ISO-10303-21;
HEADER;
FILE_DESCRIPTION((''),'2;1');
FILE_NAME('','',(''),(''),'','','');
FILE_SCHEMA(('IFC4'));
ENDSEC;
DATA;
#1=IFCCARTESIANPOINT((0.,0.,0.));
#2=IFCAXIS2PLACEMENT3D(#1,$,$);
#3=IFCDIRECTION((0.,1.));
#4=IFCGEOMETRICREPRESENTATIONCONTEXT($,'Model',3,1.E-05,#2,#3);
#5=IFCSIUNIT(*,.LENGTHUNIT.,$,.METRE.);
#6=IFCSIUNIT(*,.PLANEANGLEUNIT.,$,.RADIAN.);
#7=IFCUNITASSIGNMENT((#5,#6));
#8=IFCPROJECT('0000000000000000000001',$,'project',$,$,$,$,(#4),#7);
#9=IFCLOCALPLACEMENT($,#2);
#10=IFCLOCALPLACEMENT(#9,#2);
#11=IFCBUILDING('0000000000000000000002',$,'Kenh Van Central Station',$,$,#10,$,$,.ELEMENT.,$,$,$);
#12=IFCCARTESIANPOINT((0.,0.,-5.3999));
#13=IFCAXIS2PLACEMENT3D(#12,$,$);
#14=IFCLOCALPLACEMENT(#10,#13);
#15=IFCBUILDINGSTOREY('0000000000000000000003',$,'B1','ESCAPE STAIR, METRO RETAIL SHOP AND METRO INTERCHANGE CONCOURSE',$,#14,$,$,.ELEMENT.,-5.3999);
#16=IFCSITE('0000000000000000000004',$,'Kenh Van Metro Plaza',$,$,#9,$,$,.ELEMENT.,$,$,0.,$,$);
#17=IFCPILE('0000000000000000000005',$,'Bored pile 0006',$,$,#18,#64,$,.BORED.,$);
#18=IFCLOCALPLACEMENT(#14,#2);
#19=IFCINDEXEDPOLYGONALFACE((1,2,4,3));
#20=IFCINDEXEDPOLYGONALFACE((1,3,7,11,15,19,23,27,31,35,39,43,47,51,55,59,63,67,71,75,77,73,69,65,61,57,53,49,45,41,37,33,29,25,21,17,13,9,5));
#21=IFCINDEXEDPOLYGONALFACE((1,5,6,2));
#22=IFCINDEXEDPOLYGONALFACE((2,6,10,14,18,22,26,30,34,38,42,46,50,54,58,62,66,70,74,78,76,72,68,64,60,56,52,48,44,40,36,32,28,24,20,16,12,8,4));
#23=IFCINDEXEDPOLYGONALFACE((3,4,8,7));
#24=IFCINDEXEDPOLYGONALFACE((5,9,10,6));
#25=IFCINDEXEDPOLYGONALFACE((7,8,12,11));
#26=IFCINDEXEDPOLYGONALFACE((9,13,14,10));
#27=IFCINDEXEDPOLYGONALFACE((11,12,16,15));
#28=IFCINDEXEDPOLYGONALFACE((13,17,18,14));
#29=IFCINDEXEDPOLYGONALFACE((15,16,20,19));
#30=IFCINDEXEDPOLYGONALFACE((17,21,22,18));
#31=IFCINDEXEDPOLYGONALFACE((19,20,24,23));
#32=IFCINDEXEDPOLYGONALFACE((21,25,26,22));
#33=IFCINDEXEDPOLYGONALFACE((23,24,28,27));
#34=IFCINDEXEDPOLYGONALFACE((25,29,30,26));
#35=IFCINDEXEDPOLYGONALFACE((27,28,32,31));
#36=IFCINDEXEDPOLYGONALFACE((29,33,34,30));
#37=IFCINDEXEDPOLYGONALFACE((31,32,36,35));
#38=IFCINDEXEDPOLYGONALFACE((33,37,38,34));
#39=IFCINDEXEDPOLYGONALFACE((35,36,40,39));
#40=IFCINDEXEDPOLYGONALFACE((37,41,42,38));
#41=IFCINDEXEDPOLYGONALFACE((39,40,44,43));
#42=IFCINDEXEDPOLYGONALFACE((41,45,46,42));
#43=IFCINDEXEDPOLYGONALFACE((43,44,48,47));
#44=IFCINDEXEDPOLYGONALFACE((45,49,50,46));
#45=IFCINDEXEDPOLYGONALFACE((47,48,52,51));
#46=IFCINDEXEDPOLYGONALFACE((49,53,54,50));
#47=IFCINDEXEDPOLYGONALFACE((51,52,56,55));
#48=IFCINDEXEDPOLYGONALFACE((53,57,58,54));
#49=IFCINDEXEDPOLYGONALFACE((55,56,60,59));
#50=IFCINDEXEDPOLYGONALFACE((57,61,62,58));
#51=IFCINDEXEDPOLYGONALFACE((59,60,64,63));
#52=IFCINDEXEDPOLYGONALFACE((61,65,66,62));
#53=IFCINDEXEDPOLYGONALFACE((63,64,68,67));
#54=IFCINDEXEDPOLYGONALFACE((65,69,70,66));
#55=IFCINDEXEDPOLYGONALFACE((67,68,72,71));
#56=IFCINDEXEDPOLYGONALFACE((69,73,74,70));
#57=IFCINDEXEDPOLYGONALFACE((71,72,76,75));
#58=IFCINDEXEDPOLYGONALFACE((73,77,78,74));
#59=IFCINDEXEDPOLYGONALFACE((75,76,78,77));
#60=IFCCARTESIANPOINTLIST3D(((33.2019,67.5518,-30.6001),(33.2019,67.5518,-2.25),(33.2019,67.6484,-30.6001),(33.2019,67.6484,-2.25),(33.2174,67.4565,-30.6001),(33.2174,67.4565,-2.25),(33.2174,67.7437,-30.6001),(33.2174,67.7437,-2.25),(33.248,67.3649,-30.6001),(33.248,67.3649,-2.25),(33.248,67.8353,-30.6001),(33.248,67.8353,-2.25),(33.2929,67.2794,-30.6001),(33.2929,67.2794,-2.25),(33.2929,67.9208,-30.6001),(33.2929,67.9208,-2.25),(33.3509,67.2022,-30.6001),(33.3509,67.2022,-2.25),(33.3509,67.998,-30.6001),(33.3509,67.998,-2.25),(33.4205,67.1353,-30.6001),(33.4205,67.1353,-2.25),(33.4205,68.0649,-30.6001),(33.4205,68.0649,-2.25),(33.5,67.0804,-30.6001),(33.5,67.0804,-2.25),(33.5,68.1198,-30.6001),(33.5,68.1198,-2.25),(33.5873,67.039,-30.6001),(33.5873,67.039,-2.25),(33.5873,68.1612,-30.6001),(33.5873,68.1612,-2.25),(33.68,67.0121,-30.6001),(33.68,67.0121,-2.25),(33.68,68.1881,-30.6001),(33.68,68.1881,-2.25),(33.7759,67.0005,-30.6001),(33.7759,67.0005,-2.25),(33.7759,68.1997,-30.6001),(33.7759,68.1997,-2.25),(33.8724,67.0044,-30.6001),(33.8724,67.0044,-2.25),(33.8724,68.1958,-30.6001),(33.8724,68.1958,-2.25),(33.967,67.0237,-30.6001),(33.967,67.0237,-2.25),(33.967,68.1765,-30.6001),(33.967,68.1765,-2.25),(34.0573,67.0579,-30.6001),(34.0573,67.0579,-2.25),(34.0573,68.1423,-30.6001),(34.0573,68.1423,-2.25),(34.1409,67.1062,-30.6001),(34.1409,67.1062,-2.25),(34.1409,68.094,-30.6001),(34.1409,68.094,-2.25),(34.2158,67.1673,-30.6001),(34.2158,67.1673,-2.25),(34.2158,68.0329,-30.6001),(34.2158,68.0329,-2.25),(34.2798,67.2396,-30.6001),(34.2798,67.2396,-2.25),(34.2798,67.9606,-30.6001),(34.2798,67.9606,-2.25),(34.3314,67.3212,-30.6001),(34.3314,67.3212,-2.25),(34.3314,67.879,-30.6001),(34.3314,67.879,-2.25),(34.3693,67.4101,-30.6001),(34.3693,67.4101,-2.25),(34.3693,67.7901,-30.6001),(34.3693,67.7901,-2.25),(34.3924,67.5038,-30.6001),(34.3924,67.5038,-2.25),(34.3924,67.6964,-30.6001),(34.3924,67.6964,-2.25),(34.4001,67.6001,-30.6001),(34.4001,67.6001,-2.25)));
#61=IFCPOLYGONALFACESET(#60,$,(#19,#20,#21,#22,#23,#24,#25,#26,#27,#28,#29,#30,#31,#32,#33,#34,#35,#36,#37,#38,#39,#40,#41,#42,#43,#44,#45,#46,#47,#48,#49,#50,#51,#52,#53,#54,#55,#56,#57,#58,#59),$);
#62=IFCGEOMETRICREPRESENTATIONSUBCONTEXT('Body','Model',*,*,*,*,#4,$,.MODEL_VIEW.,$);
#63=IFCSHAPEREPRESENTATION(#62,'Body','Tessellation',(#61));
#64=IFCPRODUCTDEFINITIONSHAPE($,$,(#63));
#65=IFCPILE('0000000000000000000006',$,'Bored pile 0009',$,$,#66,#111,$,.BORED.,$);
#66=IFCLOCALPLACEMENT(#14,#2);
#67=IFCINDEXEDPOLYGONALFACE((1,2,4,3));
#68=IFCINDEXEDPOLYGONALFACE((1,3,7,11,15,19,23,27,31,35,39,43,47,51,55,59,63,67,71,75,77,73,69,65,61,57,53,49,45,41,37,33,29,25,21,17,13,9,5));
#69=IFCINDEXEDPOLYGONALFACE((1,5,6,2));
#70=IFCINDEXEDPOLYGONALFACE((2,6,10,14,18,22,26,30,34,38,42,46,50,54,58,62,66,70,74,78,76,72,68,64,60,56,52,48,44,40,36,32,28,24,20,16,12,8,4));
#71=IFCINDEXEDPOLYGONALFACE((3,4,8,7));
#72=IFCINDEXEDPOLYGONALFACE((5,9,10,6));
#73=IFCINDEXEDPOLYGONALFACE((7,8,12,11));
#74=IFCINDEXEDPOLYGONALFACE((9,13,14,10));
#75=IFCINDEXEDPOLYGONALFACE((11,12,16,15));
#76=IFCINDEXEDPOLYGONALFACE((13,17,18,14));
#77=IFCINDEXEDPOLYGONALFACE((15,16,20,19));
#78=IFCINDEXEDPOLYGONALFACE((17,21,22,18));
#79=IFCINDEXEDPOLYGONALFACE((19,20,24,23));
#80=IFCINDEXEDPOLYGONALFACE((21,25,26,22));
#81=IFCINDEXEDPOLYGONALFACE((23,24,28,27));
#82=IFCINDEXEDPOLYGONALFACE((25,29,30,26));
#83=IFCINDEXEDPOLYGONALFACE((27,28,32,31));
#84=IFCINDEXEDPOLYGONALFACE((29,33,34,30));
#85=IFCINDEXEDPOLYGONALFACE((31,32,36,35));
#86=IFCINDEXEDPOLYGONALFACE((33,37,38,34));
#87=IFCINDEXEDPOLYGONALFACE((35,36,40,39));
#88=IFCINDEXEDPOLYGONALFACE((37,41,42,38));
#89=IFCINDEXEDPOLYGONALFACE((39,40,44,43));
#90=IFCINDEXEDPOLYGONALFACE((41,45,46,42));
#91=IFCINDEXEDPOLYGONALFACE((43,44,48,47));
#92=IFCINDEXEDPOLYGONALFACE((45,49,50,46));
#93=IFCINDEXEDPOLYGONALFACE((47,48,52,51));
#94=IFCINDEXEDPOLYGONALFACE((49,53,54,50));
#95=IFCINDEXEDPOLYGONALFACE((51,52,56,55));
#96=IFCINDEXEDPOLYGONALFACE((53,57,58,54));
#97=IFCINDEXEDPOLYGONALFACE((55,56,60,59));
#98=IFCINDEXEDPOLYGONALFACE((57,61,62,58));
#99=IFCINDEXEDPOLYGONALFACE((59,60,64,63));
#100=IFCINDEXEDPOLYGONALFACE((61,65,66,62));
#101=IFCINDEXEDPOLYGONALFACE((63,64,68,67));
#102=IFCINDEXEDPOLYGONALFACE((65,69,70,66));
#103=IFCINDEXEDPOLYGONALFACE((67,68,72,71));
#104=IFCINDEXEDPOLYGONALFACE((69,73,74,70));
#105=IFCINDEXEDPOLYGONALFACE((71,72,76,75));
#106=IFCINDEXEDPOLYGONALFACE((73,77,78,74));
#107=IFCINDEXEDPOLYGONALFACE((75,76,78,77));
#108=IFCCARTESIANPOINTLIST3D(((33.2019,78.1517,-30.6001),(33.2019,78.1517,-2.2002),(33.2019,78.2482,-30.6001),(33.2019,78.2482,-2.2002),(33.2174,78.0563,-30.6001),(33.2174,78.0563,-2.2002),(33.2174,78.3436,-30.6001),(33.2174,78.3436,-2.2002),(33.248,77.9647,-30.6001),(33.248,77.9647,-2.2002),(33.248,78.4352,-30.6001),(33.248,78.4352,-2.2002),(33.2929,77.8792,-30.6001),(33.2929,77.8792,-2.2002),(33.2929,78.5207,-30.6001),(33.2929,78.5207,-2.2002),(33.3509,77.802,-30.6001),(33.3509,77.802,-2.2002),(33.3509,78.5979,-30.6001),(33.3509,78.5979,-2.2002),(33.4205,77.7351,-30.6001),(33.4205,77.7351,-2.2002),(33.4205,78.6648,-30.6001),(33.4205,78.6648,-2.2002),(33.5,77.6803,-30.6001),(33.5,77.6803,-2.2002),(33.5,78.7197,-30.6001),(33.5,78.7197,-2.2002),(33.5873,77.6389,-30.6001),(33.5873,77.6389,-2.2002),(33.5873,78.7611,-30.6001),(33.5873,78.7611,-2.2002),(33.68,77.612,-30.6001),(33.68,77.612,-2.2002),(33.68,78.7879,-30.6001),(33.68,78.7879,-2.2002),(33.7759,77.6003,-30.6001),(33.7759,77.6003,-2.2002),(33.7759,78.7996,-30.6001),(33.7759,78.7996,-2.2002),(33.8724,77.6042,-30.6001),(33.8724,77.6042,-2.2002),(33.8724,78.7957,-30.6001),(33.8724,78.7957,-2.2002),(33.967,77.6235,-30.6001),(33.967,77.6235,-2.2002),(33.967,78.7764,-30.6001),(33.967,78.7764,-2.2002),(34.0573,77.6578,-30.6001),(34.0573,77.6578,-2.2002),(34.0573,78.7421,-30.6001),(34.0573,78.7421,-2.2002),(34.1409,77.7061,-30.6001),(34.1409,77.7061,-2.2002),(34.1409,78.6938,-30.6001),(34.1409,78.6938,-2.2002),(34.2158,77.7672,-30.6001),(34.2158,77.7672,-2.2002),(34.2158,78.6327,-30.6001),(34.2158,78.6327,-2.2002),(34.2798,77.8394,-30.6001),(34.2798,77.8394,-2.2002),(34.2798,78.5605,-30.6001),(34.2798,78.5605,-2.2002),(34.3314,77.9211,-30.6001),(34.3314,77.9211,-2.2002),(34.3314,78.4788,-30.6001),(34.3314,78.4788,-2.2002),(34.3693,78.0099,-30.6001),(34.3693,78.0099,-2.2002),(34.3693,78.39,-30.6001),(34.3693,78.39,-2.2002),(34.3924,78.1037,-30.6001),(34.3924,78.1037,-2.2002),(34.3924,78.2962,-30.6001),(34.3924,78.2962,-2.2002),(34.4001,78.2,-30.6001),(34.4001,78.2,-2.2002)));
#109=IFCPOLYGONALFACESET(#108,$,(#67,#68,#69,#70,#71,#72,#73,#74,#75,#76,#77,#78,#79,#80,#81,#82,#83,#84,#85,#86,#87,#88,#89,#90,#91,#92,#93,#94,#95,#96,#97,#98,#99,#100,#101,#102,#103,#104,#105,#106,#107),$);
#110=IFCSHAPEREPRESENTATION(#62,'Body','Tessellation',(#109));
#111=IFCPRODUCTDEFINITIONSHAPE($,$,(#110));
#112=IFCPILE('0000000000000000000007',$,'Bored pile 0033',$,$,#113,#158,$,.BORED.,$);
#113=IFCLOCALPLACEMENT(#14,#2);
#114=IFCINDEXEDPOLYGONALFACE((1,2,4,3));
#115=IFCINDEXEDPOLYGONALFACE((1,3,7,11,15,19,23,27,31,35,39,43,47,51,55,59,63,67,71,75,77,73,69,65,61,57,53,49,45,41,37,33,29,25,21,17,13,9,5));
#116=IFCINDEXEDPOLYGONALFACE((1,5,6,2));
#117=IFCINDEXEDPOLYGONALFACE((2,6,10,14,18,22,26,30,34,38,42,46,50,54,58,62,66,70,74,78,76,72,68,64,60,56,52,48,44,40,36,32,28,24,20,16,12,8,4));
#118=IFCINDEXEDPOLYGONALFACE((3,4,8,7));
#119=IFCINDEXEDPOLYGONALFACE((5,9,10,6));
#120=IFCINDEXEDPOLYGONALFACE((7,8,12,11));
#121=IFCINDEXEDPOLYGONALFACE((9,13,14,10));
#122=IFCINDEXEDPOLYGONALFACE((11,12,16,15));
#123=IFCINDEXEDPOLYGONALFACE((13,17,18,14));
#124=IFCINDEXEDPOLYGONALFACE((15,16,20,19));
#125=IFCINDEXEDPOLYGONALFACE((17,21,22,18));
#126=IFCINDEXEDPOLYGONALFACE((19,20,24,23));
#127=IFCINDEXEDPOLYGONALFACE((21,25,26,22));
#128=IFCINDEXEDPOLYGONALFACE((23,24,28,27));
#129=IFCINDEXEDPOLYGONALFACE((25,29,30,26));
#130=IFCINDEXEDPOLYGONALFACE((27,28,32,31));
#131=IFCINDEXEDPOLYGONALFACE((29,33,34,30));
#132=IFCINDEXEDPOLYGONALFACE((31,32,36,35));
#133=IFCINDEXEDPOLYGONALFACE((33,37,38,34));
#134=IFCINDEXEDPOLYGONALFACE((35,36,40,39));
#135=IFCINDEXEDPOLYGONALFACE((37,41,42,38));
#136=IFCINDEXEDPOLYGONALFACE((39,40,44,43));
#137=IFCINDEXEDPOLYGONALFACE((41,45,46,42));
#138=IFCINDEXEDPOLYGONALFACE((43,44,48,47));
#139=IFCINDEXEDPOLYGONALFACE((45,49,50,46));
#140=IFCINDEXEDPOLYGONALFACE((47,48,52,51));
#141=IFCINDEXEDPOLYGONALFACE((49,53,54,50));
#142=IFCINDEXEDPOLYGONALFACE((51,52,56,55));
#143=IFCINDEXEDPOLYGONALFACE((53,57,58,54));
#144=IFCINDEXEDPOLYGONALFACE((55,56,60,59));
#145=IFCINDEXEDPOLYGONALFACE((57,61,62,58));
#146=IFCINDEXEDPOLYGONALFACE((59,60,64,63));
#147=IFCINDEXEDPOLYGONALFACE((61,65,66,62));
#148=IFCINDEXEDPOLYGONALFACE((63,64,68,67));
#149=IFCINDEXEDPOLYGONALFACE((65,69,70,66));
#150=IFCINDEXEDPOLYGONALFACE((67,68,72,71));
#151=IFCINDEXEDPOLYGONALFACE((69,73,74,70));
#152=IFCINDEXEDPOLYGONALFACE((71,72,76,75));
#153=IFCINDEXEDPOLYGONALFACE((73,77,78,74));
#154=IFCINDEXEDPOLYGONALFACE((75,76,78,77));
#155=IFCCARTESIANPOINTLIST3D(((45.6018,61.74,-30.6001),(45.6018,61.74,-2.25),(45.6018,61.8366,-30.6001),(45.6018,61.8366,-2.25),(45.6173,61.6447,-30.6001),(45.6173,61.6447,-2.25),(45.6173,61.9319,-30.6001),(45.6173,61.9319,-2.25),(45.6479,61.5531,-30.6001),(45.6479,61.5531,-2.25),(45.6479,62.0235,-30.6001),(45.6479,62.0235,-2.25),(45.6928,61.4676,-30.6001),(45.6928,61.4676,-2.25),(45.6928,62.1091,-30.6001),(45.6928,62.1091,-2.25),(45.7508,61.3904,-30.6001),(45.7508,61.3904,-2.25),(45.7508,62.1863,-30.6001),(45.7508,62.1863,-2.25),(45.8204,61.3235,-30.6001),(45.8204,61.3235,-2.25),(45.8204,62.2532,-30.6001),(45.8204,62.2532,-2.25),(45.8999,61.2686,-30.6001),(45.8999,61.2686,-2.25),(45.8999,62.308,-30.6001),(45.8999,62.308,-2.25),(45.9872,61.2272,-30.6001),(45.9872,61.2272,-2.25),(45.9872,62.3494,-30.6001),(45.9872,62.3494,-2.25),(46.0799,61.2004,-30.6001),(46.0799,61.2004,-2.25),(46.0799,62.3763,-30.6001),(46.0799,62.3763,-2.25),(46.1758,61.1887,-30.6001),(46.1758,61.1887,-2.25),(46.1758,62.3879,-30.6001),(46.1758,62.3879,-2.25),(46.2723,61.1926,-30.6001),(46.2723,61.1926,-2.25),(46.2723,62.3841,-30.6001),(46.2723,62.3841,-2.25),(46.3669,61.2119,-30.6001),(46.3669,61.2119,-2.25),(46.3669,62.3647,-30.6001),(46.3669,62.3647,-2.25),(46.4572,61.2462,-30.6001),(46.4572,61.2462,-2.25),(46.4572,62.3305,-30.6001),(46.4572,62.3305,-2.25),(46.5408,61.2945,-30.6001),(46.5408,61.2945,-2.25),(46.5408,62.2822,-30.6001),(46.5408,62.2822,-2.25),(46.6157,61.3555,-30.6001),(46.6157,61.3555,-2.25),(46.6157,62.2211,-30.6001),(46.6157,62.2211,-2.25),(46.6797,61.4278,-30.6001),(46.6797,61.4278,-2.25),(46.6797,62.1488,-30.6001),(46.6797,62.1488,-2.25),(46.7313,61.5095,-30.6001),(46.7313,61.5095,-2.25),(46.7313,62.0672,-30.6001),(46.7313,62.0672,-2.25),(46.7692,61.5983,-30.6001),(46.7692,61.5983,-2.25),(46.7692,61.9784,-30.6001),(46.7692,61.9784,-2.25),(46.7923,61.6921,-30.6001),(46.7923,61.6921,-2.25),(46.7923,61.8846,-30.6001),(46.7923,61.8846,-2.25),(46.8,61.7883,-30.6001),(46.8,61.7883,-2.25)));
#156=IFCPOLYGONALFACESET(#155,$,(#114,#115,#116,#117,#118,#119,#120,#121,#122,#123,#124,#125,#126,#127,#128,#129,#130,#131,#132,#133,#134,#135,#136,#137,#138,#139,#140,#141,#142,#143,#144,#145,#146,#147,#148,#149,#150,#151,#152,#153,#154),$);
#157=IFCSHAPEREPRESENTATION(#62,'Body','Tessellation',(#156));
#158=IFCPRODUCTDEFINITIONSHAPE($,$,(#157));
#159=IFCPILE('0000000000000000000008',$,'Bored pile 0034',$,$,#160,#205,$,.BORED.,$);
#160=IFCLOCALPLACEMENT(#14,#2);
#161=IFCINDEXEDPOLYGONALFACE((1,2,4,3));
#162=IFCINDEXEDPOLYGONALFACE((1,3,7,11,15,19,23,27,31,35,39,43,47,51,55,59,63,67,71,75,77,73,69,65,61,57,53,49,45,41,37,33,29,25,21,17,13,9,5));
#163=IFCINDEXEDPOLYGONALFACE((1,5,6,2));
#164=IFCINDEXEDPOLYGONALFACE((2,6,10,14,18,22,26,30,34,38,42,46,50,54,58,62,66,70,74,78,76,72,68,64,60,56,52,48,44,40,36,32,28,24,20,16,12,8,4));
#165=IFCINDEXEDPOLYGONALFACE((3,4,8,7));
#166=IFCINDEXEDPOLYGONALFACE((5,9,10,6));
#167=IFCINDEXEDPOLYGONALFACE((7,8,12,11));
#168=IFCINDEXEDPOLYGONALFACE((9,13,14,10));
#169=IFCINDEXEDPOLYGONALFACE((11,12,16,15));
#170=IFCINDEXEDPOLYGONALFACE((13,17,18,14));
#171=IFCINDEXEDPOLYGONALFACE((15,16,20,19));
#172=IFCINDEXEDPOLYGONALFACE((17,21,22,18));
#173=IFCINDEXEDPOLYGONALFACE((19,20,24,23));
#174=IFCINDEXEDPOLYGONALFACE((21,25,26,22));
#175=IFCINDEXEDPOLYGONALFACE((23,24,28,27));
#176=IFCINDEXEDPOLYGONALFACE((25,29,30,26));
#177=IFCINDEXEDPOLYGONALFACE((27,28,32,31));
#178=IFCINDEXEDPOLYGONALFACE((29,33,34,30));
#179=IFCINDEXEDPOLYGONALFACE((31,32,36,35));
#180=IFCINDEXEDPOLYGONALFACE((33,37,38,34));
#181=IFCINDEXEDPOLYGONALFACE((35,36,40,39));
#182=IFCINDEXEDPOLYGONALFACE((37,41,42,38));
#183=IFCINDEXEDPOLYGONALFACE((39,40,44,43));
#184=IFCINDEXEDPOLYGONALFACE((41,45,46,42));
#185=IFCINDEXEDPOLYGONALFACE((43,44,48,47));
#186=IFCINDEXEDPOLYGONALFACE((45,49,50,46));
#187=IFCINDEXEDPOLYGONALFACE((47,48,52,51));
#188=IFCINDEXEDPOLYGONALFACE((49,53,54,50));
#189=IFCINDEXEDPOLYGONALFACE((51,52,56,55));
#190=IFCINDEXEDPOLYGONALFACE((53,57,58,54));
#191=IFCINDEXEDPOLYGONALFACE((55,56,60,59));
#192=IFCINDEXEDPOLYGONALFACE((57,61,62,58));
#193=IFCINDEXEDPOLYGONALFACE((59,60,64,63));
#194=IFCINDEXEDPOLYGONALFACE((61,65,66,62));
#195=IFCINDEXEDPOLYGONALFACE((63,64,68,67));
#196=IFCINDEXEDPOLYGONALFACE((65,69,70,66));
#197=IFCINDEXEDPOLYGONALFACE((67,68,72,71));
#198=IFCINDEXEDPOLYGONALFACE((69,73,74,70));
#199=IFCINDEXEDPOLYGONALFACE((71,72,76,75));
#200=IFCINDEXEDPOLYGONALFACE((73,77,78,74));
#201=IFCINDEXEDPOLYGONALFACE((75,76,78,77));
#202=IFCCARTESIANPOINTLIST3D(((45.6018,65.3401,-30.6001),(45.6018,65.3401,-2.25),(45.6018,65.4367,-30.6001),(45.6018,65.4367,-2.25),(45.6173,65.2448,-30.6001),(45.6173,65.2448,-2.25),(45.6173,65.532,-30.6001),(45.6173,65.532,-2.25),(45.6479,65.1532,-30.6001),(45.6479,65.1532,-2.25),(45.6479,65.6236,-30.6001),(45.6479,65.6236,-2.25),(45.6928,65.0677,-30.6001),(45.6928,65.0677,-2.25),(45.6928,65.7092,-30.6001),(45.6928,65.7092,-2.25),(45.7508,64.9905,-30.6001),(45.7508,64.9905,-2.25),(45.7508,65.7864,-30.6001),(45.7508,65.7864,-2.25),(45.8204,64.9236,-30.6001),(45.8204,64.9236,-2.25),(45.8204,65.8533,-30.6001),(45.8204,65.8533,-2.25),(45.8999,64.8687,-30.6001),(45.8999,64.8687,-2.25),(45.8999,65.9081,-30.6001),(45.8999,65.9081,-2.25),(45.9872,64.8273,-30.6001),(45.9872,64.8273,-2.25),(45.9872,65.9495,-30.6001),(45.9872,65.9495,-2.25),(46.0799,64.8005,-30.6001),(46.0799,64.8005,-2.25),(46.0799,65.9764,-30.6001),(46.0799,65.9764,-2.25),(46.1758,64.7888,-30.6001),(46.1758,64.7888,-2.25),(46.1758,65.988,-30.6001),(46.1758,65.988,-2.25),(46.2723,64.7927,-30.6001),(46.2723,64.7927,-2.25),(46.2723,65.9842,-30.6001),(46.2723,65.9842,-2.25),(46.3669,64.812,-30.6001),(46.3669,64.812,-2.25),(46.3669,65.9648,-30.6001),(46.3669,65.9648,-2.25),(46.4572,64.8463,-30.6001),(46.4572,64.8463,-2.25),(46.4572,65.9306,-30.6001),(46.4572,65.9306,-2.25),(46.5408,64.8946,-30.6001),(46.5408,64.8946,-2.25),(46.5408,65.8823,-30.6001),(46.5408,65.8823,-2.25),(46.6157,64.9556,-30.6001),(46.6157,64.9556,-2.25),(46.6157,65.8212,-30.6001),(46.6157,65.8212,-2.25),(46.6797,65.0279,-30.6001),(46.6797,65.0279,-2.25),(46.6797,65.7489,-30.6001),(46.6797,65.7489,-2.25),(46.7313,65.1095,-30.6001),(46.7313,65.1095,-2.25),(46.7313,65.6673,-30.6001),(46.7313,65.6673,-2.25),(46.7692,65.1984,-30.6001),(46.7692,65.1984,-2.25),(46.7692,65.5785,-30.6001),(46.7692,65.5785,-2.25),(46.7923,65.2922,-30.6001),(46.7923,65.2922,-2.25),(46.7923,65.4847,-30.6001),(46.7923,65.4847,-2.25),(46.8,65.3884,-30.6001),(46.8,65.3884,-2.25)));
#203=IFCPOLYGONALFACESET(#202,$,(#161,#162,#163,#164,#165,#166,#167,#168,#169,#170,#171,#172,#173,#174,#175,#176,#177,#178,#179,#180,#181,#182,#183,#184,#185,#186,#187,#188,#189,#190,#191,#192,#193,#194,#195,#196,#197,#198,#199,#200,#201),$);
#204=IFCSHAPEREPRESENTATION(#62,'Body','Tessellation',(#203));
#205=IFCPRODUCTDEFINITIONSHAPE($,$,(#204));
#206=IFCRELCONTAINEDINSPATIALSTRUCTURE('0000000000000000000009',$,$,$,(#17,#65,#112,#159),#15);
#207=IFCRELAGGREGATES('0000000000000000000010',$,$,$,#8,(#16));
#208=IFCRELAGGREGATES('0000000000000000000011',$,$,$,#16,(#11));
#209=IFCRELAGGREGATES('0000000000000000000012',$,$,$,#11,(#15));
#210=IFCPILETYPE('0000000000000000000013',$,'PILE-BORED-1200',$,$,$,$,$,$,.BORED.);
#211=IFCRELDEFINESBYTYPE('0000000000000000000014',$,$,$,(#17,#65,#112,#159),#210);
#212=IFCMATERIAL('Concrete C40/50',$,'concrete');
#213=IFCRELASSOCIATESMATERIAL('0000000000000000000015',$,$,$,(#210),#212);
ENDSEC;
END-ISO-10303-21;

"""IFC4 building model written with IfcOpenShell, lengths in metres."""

from ifc_helpers import new_model, si_unit, direction, frame, origin, origin_2d, place, context, subcontext, project, spatial, circle, extrude, material, material_profile, profile_set, type_object, element, save


model = new_model("IFC4")

# Units and contexts
model_context = context("Model", 3, precision=1e-05, world=origin(), true_north=direction((0.0, 1.0)))
body_context = subcontext(model_context, "Body", "Model", "MODEL_VIEW")
ifc_project = project(units=[si_unit("LENGTHUNIT", "METRE"), si_unit("PLANEANGLEUNIT", "RADIAN")], contexts=[model_context])

# Site, building, storey
site_placement = place(None, origin())
site = spatial("IfcSite", under=ifc_project, at=site_placement, Name="Kenh Van Metro Plaza", CompositionType="ELEMENT", RefElevation=0.0)
building_placement = place(site_placement, origin())
building = spatial("IfcBuilding", under=site, at=building_placement, Name="Kenh Van Central Station", CompositionType="ELEMENT")
storey_placement = place(building_placement, frame((0.0, 0.0, -5.3999)))
storey = spatial("IfcBuildingStorey", under=building, at=storey_placement, Name="B1", Description="ESCAPE STAIR, METRO RETAIL SHOP AND METRO INTERCHANGE CONCOURSE", CompositionType="ELEMENT", Elevation=-5.3999)

# Shared definitions
ifc_material = material(Name="Concrete C40/50", Category="concrete")

# Piles
ifc_material_profile_1 = material_profile(ifc_material, circle(Radius=0.6001, at=origin_2d()), Name="PILE D1200")
ifc_profile_set_1 = profile_set([ifc_material_profile_1], Name="Concrete C40/50")
pile_type_1 = type_object("IfcPileType", Name="PILE-BORED-1200", PredefinedType="BORED", material=ifc_profile_set_1)
pile_1_placement = place(storey_placement, frame((33.8, 67.6001, -2.25), z_axis=(0.0, 0.0, -1.0), x_axis=(1.0, 0.0, 0.0)))
element("IfcPile", 1, at=pile_1_placement, inside=storey, type_object=pile_type_1, Name="Bored pile 0006", PredefinedType="BORED", context=body_context, shape_type="SweptSolid", body=[
    extrude(circle(Radius=0.6001, at=origin_2d()), origin(), (0.0, 0.0, 1.0), 28.3501),
])
pile_2_placement = place(storey_placement, frame((33.8, 78.2, -2.2002), z_axis=(0.0, 0.0, -1.0), x_axis=(1.0, 0.0, 0.0)))
element("IfcPile", 2, at=pile_2_placement, inside=storey, type_object=pile_type_1, Name="Bored pile 0009", PredefinedType="BORED", context=body_context, shape_type="SweptSolid", body=[
    extrude(circle(Radius=0.6001, at=origin_2d()), origin(), (0.0, 0.0, 1.0), 28.3999),
])
for number, where, z_axis, x_axis, name in (
    (3, (46.2, 61.7883, -2.25), (0.0, 0.0, -1.0), (1.0, 0.0, 0.0), "Bored pile 0033"),
    (4, (46.2, 65.3884, -2.25), (0.0, 0.0, -1.0), (1.0, 0.0, 0.0), "Bored pile 0034"),
):
    element("IfcPile", number, at=place(storey_placement, frame(where, z_axis=z_axis, x_axis=x_axis)), inside=storey, type_object=pile_type_1, Name=name, PredefinedType="BORED", context=body_context, shape_type="SweptSolid", body=[
        extrude(circle(Radius=0.6001, at=origin_2d()), origin(), (0.0, 0.0, 1.0), 28.3501),
    ])

save(model, "model.ifc")
